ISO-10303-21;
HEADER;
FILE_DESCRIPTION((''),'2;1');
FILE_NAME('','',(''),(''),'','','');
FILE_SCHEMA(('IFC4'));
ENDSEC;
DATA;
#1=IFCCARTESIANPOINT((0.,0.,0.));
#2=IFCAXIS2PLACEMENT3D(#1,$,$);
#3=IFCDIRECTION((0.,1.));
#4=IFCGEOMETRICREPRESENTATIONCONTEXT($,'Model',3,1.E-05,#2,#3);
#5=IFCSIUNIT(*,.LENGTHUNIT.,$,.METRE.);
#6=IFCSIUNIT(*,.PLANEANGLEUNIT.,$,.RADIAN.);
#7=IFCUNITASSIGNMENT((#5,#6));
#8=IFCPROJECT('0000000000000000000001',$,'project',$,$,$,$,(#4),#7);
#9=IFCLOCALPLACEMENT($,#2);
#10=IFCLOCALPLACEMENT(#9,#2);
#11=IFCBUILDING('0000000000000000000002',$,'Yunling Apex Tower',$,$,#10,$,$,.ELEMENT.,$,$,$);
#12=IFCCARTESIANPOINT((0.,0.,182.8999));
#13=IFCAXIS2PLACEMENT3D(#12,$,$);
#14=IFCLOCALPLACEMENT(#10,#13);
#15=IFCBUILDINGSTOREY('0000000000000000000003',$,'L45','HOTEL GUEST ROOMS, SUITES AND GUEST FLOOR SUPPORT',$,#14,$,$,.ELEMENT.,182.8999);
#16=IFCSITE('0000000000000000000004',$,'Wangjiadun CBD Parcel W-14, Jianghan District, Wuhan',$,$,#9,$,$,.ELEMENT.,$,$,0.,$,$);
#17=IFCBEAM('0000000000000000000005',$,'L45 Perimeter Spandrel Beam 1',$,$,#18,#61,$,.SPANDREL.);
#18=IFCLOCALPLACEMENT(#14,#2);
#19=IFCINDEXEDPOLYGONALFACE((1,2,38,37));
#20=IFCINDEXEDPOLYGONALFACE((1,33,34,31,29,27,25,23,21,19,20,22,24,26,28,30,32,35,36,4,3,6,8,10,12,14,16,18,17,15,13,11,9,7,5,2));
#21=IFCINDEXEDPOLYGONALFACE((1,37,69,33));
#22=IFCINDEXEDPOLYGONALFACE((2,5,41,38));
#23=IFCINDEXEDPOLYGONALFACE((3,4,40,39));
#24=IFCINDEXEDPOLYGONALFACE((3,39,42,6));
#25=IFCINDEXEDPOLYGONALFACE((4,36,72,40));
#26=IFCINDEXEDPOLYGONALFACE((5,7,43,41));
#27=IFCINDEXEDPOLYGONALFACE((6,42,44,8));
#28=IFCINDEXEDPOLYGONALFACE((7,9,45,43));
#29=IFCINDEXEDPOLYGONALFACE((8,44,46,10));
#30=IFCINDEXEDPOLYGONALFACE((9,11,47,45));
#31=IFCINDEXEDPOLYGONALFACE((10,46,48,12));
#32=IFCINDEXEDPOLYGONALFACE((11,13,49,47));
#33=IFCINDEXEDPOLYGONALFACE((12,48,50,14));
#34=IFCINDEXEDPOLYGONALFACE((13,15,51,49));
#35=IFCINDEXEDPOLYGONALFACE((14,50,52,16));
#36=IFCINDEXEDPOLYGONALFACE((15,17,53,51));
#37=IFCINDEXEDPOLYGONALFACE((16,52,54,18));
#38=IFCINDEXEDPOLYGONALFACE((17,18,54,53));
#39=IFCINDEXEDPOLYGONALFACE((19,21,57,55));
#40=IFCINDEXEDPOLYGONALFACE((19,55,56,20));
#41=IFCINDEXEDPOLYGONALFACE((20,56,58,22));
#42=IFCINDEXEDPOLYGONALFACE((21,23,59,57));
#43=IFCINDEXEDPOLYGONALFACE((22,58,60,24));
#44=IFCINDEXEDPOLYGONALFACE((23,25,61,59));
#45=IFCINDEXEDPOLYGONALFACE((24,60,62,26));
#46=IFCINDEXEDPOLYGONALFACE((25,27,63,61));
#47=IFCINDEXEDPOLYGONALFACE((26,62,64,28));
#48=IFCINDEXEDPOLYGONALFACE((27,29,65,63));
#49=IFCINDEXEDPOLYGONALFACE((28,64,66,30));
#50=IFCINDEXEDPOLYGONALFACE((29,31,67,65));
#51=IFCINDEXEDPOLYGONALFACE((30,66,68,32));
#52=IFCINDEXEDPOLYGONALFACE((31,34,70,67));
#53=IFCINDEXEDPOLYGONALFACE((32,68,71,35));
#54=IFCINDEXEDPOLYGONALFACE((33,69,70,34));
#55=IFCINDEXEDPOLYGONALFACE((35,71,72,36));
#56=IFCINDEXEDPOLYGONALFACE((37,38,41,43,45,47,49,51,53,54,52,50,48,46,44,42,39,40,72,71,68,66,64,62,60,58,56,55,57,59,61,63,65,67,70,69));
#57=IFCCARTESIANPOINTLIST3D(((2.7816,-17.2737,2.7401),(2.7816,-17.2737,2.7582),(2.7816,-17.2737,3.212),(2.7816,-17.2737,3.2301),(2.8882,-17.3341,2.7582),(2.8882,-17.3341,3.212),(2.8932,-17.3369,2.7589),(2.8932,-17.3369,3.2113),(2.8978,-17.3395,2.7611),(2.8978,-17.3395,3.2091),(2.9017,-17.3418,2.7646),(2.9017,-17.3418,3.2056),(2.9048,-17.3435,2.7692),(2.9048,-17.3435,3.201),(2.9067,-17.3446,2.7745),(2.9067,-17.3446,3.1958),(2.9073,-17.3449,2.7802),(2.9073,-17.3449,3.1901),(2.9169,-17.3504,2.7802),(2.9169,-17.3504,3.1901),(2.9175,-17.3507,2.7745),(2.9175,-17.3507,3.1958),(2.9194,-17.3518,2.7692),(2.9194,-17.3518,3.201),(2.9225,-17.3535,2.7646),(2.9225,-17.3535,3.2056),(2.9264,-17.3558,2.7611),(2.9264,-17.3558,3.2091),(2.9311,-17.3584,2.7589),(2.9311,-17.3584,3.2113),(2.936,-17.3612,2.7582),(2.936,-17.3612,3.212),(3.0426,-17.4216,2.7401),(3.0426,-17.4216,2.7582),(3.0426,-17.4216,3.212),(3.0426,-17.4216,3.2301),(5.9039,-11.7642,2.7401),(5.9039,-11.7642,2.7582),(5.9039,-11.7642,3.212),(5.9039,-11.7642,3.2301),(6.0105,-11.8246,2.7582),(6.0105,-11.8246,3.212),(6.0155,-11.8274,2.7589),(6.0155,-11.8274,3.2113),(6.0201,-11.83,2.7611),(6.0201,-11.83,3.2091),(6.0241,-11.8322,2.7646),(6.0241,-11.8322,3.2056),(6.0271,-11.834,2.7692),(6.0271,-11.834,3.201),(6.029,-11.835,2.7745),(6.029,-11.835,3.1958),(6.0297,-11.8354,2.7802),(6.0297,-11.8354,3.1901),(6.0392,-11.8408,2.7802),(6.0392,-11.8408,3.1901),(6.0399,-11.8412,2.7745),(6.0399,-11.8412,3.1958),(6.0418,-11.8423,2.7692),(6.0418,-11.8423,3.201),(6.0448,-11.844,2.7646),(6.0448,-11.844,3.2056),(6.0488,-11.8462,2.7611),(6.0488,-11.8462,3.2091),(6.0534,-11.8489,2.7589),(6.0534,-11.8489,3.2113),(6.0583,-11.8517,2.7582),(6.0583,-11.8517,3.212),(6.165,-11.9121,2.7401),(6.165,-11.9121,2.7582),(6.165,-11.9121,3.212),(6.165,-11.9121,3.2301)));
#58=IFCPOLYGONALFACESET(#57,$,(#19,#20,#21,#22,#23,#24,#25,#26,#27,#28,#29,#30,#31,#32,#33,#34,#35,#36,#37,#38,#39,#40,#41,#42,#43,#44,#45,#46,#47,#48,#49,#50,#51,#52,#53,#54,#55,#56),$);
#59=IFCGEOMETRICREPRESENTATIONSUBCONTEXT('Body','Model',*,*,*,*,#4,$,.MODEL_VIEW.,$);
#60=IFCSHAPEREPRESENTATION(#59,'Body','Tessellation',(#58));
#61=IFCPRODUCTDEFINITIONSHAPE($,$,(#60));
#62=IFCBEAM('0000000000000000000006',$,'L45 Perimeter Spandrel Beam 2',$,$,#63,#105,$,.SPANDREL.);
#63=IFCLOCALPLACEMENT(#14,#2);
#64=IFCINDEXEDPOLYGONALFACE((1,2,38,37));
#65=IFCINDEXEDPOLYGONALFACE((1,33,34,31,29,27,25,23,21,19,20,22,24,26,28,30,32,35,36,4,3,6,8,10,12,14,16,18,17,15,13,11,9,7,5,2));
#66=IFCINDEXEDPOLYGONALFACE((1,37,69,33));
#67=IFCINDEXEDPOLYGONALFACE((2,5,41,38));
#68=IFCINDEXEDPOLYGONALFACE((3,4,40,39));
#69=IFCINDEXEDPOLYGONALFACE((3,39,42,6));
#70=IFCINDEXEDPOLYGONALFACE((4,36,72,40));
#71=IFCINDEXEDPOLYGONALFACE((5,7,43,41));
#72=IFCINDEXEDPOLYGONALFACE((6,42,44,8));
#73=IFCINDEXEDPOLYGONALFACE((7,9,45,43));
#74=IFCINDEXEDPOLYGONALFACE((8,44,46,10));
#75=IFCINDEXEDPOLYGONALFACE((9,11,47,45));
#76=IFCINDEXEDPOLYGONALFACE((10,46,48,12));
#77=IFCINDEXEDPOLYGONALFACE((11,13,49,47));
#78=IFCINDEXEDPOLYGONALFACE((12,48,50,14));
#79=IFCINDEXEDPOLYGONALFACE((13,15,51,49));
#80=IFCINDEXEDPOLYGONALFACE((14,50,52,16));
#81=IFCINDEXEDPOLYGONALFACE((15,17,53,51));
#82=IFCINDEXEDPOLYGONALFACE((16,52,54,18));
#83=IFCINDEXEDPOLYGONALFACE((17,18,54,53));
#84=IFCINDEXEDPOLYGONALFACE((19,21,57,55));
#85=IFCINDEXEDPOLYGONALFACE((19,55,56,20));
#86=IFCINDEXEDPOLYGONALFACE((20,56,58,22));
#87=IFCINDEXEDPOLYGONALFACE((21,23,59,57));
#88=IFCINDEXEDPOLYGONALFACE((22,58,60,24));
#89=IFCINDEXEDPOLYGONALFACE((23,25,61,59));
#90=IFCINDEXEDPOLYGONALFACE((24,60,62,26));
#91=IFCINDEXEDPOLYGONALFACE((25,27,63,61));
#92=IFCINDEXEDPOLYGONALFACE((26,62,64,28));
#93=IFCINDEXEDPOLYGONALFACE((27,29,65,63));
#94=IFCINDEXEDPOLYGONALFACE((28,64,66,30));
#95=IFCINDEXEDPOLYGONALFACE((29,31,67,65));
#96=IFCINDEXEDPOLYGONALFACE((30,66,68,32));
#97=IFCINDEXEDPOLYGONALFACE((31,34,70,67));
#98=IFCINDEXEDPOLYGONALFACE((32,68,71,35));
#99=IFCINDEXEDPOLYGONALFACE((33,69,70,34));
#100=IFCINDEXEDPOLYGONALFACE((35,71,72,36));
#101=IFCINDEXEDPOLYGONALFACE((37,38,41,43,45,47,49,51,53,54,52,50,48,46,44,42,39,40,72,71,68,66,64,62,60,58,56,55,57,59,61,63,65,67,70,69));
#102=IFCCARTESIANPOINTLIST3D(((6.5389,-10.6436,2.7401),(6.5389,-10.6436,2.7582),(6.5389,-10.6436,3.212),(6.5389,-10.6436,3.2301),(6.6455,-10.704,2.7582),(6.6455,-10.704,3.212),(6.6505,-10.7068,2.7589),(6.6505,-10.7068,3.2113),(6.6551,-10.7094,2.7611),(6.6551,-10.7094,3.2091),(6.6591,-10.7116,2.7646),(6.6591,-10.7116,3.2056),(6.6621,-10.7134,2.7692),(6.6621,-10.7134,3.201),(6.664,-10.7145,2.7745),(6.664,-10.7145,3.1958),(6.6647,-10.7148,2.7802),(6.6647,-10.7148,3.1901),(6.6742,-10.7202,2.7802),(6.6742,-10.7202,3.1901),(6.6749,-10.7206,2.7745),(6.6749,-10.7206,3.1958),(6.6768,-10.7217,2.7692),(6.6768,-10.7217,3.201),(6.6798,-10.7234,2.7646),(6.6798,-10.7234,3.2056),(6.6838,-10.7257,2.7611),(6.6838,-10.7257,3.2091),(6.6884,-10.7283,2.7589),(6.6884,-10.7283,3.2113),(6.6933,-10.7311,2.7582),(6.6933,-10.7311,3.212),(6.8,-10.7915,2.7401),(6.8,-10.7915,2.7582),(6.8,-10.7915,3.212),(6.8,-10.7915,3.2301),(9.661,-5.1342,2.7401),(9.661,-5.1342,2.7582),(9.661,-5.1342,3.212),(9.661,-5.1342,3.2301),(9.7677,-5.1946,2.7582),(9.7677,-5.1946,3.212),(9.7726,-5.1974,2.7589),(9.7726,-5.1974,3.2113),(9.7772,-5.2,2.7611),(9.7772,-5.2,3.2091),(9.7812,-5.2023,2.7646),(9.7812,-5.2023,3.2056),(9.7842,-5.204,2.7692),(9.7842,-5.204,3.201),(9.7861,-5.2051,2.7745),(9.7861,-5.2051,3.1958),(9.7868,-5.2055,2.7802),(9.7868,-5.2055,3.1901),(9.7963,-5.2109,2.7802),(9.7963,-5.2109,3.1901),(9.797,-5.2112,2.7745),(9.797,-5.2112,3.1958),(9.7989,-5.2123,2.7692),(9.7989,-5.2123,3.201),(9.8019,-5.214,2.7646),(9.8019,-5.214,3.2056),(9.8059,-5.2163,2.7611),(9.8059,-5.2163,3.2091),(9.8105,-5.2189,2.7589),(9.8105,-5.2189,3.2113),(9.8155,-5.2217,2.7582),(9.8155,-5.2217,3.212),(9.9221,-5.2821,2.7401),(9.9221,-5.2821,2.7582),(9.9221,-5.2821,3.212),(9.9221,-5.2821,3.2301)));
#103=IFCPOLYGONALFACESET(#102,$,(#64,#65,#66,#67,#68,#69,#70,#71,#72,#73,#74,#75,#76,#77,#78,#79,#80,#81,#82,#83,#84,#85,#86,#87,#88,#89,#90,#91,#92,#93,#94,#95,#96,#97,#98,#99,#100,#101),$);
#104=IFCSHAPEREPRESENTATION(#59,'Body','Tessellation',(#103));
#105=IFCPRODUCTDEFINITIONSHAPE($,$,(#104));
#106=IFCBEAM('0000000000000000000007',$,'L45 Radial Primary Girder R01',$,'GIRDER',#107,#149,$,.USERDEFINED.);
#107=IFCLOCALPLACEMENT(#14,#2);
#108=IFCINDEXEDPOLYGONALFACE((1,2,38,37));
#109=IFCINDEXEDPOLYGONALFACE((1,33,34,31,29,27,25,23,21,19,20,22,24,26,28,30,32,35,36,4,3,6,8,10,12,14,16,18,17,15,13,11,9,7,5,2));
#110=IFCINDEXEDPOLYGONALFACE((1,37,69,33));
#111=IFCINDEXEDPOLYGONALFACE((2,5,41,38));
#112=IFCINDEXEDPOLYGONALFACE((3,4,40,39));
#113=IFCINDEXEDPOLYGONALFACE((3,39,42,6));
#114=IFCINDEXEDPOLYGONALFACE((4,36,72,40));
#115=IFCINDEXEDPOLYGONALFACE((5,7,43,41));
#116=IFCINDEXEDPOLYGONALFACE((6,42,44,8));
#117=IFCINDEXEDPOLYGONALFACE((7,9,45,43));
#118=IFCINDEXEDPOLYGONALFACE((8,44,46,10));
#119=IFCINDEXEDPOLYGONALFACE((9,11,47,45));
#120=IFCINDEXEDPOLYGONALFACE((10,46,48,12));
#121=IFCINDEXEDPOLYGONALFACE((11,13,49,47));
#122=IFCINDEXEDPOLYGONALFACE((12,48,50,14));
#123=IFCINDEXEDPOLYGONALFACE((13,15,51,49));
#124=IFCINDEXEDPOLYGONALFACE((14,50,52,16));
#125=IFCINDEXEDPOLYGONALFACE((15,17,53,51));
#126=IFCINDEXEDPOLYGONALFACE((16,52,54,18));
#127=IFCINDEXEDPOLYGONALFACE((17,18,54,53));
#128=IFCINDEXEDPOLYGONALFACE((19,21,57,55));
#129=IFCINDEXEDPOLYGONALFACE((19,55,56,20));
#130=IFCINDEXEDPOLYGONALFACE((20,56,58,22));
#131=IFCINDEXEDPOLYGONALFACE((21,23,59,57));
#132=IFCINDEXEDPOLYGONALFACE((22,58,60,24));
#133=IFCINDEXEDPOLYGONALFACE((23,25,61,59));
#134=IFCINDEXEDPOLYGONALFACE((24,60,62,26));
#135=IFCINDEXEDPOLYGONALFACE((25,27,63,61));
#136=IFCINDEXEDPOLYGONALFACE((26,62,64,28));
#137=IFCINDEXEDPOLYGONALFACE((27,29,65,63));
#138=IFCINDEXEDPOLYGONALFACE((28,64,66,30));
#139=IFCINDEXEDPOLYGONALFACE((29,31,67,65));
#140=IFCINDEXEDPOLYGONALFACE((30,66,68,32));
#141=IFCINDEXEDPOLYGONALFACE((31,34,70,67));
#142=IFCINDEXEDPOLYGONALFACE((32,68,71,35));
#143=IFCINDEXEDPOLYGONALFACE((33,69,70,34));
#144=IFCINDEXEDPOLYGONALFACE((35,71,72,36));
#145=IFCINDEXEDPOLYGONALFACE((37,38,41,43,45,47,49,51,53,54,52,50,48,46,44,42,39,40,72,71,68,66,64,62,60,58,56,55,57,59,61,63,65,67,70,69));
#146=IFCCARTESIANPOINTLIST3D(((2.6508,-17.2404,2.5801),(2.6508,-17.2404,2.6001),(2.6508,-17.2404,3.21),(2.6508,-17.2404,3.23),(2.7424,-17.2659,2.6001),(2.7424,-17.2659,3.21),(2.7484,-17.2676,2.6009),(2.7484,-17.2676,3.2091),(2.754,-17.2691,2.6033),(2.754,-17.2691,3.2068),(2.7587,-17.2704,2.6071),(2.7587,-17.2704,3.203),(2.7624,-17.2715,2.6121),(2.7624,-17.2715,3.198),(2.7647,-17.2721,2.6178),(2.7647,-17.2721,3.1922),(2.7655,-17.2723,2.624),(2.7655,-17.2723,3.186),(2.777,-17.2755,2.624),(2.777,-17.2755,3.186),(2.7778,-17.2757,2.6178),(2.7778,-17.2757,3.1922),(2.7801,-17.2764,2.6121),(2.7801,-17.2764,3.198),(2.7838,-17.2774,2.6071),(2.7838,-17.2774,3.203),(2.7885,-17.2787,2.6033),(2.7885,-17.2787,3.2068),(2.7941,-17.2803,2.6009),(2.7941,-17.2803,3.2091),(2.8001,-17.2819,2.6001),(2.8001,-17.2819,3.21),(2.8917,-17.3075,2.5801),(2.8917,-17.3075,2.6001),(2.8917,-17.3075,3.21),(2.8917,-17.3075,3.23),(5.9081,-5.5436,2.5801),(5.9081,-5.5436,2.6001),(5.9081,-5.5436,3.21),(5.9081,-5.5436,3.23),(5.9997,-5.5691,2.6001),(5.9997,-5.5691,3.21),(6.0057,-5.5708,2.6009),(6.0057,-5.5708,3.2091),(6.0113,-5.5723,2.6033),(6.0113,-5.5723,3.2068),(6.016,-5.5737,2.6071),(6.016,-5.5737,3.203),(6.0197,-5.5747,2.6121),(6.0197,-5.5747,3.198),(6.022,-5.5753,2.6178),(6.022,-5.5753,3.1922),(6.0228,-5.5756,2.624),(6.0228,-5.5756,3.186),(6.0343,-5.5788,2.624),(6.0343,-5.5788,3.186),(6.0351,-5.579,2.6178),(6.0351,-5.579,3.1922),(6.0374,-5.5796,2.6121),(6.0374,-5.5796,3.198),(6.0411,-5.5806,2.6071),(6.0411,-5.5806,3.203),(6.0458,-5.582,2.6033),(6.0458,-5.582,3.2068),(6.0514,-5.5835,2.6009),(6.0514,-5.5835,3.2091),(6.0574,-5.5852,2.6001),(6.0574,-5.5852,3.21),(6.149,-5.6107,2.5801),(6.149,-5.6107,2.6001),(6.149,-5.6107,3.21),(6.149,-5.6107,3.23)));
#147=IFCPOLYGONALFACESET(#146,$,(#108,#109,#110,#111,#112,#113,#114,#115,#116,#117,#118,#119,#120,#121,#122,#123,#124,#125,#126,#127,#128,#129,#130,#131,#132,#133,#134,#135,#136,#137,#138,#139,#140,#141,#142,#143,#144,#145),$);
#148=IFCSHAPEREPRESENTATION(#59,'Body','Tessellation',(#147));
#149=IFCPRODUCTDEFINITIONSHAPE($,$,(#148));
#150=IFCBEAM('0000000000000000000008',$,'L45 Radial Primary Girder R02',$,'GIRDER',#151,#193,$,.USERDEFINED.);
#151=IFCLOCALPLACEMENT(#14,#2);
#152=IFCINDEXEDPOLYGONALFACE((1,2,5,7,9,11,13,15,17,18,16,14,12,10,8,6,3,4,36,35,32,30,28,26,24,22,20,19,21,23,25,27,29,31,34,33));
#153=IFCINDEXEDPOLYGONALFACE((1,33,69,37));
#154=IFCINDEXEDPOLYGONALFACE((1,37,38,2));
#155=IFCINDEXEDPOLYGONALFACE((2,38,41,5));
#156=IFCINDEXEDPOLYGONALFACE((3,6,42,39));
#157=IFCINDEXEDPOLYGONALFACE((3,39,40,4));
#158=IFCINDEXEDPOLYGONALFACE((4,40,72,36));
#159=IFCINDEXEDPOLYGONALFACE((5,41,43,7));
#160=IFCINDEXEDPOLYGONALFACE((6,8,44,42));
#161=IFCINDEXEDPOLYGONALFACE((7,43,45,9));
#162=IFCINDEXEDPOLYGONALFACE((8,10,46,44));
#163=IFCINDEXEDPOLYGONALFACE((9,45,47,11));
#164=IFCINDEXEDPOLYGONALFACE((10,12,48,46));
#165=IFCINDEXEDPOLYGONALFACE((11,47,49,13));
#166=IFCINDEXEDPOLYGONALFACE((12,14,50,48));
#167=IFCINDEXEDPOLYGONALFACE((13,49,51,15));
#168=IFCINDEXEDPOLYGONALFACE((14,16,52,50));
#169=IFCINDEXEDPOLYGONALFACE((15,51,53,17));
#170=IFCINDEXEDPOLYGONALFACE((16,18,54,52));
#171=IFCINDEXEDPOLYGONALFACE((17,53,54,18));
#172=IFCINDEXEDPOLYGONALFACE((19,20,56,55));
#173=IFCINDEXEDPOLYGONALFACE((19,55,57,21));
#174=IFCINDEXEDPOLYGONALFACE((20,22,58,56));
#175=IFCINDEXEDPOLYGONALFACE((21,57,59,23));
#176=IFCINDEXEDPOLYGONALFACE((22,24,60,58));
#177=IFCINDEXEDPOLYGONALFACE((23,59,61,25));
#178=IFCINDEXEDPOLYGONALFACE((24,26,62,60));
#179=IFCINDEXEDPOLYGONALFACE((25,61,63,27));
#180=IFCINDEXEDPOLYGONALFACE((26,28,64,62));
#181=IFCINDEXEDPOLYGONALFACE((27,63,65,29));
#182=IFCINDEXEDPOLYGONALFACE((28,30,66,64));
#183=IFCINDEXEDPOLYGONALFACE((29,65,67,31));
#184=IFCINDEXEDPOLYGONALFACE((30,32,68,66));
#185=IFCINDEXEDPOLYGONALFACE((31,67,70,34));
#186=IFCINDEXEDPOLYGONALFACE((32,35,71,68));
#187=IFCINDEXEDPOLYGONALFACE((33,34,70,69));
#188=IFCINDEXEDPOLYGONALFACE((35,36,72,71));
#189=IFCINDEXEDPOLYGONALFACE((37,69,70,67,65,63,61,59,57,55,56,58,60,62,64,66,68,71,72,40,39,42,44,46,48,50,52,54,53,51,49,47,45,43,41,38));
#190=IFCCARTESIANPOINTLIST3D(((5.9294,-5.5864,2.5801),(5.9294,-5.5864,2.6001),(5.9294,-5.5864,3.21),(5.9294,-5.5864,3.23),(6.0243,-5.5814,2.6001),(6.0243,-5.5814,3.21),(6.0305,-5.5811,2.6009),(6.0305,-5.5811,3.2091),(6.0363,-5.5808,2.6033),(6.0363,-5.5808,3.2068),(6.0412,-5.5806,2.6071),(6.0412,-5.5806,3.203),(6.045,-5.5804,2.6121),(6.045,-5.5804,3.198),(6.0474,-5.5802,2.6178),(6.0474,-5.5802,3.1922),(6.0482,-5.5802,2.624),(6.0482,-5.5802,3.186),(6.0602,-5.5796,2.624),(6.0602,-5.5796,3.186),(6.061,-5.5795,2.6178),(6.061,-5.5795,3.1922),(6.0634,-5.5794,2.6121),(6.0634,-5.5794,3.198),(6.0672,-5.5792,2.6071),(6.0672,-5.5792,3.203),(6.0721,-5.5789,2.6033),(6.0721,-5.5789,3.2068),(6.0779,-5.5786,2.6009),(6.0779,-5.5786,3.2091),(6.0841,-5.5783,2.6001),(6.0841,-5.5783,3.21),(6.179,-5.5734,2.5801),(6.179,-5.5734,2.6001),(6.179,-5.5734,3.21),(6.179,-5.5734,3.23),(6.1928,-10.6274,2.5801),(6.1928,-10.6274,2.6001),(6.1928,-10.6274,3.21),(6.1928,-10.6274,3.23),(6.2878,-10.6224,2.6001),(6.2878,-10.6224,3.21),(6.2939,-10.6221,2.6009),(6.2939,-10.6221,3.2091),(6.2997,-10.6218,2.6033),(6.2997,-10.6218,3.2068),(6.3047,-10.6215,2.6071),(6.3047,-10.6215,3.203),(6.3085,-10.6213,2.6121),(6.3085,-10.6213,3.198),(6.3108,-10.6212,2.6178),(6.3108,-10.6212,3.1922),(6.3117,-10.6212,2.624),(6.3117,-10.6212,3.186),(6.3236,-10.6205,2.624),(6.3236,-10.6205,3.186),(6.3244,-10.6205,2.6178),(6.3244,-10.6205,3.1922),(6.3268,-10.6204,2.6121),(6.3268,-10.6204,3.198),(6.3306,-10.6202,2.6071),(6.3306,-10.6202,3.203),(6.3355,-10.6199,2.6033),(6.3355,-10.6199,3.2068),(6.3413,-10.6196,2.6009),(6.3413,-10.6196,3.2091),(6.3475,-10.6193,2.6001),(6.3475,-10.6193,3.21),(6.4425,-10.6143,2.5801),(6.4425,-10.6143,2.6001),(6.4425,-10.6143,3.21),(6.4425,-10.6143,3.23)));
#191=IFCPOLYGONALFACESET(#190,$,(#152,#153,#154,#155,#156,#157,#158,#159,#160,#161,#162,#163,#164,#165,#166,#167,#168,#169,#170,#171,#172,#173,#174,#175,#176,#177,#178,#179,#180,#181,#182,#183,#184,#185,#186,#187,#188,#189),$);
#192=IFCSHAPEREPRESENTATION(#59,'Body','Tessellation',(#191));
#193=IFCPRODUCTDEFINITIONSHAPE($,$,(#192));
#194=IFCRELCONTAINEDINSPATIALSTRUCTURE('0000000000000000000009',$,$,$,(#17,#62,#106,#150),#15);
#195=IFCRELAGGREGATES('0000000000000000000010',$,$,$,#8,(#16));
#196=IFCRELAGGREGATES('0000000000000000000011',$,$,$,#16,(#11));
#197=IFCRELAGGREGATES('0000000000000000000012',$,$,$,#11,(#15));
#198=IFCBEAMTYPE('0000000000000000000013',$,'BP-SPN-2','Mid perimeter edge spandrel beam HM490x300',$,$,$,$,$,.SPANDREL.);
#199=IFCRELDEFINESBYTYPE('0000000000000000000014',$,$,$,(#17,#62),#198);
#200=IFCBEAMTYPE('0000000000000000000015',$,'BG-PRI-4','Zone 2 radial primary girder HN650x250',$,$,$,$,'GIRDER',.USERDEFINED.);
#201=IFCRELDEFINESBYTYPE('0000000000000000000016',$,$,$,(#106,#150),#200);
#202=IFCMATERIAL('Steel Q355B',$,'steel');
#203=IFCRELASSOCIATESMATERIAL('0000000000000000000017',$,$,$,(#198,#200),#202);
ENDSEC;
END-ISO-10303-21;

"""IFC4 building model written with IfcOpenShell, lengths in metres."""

from ifc_helpers import new_model, si_unit, direction, frame, origin, origin_2d, place, context, subcontext, project, spatial, i_section, extrude, source, transform, mapped, material, material_profile, profile_set, type_object, element, save


model = new_model("IFC4")

# Units and contexts
model_context = context("Model", 3, precision=1e-05, world=origin(), true_north=direction((0.0, 1.0)))
body_context = subcontext(model_context, "Body", "Model", "MODEL_VIEW")
ifc_project = project(units=[si_unit("LENGTHUNIT", "METRE"), si_unit("PLANEANGLEUNIT", "RADIAN")], contexts=[model_context])

# Site, building, storey
site_placement = place(None, origin())
site = spatial("IfcSite", under=ifc_project, at=site_placement, Name="Wangjiadun CBD Parcel W-14, Jianghan District, Wuhan", CompositionType="ELEMENT", RefElevation=0.0)
building_placement = place(site_placement, origin())
building = spatial("IfcBuilding", under=site, at=building_placement, Name="Yunling Apex Tower", CompositionType="ELEMENT")
storey_placement = place(building_placement, frame((0.0, 0.0, 182.8999)))
storey = spatial("IfcBuildingStorey", under=building, at=storey_placement, Name="L45", Description="HOTEL GUEST ROOMS, SUITES AND GUEST FLOOR SUPPORT", CompositionType="ELEMENT", Elevation=182.8999)

# Beams
ifc_material_1 = material(Name="Steel Q355B", Category="steel")
ifc_material_profile_1 = material_profile(ifc_material_1, i_section(OverallWidth=0.3, OverallDepth=0.49, WebThickness=0.011, FlangeThickness=0.0181, FilletRadius=0.022, at=origin_2d()))
ifc_profile_set_1 = profile_set([ifc_material_profile_1], Name="Steel Q355B")
beam_type_1 = type_object("IfcBeamType", Name="BP-SPN-2", Description="Mid perimeter edge spandrel beam HM490x300", PredefinedType="SPANDREL", material=ifc_profile_set_1)
shared_shape_1 = source(origin(), body_context, "Body", "SweptSolid", [
    extrude(i_section(OverallWidth=0.3, OverallDepth=0.49, WebThickness=0.011, FlangeThickness=0.0181, FilletRadius=0.022, at=origin_2d()), origin(), (0.0, 0.0, 1.0), 6.3328),
])
beam_1_placement = place(storey_placement, frame((2.9121, -17.3477, 2.9851), z_axis=(0.493043, 0.870005, 0.0), x_axis=(-0.870005, 0.493043, 0.0)))
element("IfcBeam", 1, at=beam_1_placement, inside=storey, type_object=beam_type_1, Name="L45 Perimeter Spandrel Beam 1", PredefinedType="SPANDREL", context=body_context, shape_type="MappedRepresentation", body=[
    mapped(shared_shape_1, transform((0.0, 0.0, 0.0), scale=1.0)),
])
shared_shape_2 = source(origin(), body_context, "Body", "SweptSolid", [
    extrude(i_section(OverallWidth=0.3, OverallDepth=0.49, WebThickness=0.011, FlangeThickness=0.0181, FilletRadius=0.022, at=origin_2d()), origin(), (0.0, 0.0, 1.0), 6.3325),
])
beam_2_placement = place(storey_placement, frame((6.6694, -10.7175, 2.9851), z_axis=(0.49303, 0.870012, 0.0), x_axis=(-0.870012, 0.49303, 0.0)))
element("IfcBeam", 2, at=beam_2_placement, inside=storey, type_object=beam_type_1, Name="L45 Perimeter Spandrel Beam 2", PredefinedType="SPANDREL", context=body_context, shape_type="MappedRepresentation", body=[
    mapped(shared_shape_2, transform((0.0, 0.0, 0.0), scale=1.0)),
])
ifc_material_profile_2 = material_profile(ifc_material_1, i_section(OverallWidth=0.25, OverallDepth=0.6499, WebThickness=0.012, FlangeThickness=0.02, FilletRadius=0.0239, at=origin_2d()))
ifc_profile_set_2 = profile_set([ifc_material_profile_2], Name="Steel Q355B")
beam_type_2 = type_object("IfcBeamType", Name="BG-PRI-4", Description="Zone 2 radial primary girder HN650x250", ElementType="GIRDER", PredefinedType="USERDEFINED", material=ifc_profile_set_2)
shared_shape_3 = source(origin(), body_context, "Body", "SweptSolid", [
    extrude(i_section(OverallWidth=0.25, OverallDepth=0.6499, WebThickness=0.012, FlangeThickness=0.02, FilletRadius=0.0239, at=origin_2d()), origin(), (0.0, 0.0, 1.0), 12.1418),
])
beam_3_placement = place(storey_placement, frame((2.7712, -17.2739, 2.905), z_axis=(0.268272, 0.963343, 0.0), x_axis=(-0.963343, 0.268272, 0.0)))
element("IfcBeam", 3, at=beam_3_placement, inside=storey, type_object=beam_type_2, Name="L45 Radial Primary Girder R01", ObjectType="GIRDER", PredefinedType="USERDEFINED", context=body_context, shape_type="MappedRepresentation", body=[
    mapped(shared_shape_3, transform((0.0, 0.0, 0.0), scale=1.0)),
])
shared_shape_4 = source(origin(), body_context, "Body", "SweptSolid", [
    extrude(i_section(OverallWidth=0.25, OverallDepth=0.6499, WebThickness=0.012, FlangeThickness=0.02, FilletRadius=0.0239, at=origin_2d()), origin(), (0.0, 0.0, 1.0), 5.0479),
])
beam_4_placement = place(storey_placement, frame((6.3176, -10.6208, 2.905), z_axis=(-0.052186, 0.998637, 0.0), x_axis=(-0.998637, -0.052186, 0.0)))
element("IfcBeam", 4, at=beam_4_placement, inside=storey, type_object=beam_type_2, Name="L45 Radial Primary Girder R02", ObjectType="GIRDER", PredefinedType="USERDEFINED", context=body_context, shape_type="MappedRepresentation", body=[
    mapped(shared_shape_4, transform((0.0, 0.0, 0.0), scale=1.0)),
])

save(model, "model.ifc")
